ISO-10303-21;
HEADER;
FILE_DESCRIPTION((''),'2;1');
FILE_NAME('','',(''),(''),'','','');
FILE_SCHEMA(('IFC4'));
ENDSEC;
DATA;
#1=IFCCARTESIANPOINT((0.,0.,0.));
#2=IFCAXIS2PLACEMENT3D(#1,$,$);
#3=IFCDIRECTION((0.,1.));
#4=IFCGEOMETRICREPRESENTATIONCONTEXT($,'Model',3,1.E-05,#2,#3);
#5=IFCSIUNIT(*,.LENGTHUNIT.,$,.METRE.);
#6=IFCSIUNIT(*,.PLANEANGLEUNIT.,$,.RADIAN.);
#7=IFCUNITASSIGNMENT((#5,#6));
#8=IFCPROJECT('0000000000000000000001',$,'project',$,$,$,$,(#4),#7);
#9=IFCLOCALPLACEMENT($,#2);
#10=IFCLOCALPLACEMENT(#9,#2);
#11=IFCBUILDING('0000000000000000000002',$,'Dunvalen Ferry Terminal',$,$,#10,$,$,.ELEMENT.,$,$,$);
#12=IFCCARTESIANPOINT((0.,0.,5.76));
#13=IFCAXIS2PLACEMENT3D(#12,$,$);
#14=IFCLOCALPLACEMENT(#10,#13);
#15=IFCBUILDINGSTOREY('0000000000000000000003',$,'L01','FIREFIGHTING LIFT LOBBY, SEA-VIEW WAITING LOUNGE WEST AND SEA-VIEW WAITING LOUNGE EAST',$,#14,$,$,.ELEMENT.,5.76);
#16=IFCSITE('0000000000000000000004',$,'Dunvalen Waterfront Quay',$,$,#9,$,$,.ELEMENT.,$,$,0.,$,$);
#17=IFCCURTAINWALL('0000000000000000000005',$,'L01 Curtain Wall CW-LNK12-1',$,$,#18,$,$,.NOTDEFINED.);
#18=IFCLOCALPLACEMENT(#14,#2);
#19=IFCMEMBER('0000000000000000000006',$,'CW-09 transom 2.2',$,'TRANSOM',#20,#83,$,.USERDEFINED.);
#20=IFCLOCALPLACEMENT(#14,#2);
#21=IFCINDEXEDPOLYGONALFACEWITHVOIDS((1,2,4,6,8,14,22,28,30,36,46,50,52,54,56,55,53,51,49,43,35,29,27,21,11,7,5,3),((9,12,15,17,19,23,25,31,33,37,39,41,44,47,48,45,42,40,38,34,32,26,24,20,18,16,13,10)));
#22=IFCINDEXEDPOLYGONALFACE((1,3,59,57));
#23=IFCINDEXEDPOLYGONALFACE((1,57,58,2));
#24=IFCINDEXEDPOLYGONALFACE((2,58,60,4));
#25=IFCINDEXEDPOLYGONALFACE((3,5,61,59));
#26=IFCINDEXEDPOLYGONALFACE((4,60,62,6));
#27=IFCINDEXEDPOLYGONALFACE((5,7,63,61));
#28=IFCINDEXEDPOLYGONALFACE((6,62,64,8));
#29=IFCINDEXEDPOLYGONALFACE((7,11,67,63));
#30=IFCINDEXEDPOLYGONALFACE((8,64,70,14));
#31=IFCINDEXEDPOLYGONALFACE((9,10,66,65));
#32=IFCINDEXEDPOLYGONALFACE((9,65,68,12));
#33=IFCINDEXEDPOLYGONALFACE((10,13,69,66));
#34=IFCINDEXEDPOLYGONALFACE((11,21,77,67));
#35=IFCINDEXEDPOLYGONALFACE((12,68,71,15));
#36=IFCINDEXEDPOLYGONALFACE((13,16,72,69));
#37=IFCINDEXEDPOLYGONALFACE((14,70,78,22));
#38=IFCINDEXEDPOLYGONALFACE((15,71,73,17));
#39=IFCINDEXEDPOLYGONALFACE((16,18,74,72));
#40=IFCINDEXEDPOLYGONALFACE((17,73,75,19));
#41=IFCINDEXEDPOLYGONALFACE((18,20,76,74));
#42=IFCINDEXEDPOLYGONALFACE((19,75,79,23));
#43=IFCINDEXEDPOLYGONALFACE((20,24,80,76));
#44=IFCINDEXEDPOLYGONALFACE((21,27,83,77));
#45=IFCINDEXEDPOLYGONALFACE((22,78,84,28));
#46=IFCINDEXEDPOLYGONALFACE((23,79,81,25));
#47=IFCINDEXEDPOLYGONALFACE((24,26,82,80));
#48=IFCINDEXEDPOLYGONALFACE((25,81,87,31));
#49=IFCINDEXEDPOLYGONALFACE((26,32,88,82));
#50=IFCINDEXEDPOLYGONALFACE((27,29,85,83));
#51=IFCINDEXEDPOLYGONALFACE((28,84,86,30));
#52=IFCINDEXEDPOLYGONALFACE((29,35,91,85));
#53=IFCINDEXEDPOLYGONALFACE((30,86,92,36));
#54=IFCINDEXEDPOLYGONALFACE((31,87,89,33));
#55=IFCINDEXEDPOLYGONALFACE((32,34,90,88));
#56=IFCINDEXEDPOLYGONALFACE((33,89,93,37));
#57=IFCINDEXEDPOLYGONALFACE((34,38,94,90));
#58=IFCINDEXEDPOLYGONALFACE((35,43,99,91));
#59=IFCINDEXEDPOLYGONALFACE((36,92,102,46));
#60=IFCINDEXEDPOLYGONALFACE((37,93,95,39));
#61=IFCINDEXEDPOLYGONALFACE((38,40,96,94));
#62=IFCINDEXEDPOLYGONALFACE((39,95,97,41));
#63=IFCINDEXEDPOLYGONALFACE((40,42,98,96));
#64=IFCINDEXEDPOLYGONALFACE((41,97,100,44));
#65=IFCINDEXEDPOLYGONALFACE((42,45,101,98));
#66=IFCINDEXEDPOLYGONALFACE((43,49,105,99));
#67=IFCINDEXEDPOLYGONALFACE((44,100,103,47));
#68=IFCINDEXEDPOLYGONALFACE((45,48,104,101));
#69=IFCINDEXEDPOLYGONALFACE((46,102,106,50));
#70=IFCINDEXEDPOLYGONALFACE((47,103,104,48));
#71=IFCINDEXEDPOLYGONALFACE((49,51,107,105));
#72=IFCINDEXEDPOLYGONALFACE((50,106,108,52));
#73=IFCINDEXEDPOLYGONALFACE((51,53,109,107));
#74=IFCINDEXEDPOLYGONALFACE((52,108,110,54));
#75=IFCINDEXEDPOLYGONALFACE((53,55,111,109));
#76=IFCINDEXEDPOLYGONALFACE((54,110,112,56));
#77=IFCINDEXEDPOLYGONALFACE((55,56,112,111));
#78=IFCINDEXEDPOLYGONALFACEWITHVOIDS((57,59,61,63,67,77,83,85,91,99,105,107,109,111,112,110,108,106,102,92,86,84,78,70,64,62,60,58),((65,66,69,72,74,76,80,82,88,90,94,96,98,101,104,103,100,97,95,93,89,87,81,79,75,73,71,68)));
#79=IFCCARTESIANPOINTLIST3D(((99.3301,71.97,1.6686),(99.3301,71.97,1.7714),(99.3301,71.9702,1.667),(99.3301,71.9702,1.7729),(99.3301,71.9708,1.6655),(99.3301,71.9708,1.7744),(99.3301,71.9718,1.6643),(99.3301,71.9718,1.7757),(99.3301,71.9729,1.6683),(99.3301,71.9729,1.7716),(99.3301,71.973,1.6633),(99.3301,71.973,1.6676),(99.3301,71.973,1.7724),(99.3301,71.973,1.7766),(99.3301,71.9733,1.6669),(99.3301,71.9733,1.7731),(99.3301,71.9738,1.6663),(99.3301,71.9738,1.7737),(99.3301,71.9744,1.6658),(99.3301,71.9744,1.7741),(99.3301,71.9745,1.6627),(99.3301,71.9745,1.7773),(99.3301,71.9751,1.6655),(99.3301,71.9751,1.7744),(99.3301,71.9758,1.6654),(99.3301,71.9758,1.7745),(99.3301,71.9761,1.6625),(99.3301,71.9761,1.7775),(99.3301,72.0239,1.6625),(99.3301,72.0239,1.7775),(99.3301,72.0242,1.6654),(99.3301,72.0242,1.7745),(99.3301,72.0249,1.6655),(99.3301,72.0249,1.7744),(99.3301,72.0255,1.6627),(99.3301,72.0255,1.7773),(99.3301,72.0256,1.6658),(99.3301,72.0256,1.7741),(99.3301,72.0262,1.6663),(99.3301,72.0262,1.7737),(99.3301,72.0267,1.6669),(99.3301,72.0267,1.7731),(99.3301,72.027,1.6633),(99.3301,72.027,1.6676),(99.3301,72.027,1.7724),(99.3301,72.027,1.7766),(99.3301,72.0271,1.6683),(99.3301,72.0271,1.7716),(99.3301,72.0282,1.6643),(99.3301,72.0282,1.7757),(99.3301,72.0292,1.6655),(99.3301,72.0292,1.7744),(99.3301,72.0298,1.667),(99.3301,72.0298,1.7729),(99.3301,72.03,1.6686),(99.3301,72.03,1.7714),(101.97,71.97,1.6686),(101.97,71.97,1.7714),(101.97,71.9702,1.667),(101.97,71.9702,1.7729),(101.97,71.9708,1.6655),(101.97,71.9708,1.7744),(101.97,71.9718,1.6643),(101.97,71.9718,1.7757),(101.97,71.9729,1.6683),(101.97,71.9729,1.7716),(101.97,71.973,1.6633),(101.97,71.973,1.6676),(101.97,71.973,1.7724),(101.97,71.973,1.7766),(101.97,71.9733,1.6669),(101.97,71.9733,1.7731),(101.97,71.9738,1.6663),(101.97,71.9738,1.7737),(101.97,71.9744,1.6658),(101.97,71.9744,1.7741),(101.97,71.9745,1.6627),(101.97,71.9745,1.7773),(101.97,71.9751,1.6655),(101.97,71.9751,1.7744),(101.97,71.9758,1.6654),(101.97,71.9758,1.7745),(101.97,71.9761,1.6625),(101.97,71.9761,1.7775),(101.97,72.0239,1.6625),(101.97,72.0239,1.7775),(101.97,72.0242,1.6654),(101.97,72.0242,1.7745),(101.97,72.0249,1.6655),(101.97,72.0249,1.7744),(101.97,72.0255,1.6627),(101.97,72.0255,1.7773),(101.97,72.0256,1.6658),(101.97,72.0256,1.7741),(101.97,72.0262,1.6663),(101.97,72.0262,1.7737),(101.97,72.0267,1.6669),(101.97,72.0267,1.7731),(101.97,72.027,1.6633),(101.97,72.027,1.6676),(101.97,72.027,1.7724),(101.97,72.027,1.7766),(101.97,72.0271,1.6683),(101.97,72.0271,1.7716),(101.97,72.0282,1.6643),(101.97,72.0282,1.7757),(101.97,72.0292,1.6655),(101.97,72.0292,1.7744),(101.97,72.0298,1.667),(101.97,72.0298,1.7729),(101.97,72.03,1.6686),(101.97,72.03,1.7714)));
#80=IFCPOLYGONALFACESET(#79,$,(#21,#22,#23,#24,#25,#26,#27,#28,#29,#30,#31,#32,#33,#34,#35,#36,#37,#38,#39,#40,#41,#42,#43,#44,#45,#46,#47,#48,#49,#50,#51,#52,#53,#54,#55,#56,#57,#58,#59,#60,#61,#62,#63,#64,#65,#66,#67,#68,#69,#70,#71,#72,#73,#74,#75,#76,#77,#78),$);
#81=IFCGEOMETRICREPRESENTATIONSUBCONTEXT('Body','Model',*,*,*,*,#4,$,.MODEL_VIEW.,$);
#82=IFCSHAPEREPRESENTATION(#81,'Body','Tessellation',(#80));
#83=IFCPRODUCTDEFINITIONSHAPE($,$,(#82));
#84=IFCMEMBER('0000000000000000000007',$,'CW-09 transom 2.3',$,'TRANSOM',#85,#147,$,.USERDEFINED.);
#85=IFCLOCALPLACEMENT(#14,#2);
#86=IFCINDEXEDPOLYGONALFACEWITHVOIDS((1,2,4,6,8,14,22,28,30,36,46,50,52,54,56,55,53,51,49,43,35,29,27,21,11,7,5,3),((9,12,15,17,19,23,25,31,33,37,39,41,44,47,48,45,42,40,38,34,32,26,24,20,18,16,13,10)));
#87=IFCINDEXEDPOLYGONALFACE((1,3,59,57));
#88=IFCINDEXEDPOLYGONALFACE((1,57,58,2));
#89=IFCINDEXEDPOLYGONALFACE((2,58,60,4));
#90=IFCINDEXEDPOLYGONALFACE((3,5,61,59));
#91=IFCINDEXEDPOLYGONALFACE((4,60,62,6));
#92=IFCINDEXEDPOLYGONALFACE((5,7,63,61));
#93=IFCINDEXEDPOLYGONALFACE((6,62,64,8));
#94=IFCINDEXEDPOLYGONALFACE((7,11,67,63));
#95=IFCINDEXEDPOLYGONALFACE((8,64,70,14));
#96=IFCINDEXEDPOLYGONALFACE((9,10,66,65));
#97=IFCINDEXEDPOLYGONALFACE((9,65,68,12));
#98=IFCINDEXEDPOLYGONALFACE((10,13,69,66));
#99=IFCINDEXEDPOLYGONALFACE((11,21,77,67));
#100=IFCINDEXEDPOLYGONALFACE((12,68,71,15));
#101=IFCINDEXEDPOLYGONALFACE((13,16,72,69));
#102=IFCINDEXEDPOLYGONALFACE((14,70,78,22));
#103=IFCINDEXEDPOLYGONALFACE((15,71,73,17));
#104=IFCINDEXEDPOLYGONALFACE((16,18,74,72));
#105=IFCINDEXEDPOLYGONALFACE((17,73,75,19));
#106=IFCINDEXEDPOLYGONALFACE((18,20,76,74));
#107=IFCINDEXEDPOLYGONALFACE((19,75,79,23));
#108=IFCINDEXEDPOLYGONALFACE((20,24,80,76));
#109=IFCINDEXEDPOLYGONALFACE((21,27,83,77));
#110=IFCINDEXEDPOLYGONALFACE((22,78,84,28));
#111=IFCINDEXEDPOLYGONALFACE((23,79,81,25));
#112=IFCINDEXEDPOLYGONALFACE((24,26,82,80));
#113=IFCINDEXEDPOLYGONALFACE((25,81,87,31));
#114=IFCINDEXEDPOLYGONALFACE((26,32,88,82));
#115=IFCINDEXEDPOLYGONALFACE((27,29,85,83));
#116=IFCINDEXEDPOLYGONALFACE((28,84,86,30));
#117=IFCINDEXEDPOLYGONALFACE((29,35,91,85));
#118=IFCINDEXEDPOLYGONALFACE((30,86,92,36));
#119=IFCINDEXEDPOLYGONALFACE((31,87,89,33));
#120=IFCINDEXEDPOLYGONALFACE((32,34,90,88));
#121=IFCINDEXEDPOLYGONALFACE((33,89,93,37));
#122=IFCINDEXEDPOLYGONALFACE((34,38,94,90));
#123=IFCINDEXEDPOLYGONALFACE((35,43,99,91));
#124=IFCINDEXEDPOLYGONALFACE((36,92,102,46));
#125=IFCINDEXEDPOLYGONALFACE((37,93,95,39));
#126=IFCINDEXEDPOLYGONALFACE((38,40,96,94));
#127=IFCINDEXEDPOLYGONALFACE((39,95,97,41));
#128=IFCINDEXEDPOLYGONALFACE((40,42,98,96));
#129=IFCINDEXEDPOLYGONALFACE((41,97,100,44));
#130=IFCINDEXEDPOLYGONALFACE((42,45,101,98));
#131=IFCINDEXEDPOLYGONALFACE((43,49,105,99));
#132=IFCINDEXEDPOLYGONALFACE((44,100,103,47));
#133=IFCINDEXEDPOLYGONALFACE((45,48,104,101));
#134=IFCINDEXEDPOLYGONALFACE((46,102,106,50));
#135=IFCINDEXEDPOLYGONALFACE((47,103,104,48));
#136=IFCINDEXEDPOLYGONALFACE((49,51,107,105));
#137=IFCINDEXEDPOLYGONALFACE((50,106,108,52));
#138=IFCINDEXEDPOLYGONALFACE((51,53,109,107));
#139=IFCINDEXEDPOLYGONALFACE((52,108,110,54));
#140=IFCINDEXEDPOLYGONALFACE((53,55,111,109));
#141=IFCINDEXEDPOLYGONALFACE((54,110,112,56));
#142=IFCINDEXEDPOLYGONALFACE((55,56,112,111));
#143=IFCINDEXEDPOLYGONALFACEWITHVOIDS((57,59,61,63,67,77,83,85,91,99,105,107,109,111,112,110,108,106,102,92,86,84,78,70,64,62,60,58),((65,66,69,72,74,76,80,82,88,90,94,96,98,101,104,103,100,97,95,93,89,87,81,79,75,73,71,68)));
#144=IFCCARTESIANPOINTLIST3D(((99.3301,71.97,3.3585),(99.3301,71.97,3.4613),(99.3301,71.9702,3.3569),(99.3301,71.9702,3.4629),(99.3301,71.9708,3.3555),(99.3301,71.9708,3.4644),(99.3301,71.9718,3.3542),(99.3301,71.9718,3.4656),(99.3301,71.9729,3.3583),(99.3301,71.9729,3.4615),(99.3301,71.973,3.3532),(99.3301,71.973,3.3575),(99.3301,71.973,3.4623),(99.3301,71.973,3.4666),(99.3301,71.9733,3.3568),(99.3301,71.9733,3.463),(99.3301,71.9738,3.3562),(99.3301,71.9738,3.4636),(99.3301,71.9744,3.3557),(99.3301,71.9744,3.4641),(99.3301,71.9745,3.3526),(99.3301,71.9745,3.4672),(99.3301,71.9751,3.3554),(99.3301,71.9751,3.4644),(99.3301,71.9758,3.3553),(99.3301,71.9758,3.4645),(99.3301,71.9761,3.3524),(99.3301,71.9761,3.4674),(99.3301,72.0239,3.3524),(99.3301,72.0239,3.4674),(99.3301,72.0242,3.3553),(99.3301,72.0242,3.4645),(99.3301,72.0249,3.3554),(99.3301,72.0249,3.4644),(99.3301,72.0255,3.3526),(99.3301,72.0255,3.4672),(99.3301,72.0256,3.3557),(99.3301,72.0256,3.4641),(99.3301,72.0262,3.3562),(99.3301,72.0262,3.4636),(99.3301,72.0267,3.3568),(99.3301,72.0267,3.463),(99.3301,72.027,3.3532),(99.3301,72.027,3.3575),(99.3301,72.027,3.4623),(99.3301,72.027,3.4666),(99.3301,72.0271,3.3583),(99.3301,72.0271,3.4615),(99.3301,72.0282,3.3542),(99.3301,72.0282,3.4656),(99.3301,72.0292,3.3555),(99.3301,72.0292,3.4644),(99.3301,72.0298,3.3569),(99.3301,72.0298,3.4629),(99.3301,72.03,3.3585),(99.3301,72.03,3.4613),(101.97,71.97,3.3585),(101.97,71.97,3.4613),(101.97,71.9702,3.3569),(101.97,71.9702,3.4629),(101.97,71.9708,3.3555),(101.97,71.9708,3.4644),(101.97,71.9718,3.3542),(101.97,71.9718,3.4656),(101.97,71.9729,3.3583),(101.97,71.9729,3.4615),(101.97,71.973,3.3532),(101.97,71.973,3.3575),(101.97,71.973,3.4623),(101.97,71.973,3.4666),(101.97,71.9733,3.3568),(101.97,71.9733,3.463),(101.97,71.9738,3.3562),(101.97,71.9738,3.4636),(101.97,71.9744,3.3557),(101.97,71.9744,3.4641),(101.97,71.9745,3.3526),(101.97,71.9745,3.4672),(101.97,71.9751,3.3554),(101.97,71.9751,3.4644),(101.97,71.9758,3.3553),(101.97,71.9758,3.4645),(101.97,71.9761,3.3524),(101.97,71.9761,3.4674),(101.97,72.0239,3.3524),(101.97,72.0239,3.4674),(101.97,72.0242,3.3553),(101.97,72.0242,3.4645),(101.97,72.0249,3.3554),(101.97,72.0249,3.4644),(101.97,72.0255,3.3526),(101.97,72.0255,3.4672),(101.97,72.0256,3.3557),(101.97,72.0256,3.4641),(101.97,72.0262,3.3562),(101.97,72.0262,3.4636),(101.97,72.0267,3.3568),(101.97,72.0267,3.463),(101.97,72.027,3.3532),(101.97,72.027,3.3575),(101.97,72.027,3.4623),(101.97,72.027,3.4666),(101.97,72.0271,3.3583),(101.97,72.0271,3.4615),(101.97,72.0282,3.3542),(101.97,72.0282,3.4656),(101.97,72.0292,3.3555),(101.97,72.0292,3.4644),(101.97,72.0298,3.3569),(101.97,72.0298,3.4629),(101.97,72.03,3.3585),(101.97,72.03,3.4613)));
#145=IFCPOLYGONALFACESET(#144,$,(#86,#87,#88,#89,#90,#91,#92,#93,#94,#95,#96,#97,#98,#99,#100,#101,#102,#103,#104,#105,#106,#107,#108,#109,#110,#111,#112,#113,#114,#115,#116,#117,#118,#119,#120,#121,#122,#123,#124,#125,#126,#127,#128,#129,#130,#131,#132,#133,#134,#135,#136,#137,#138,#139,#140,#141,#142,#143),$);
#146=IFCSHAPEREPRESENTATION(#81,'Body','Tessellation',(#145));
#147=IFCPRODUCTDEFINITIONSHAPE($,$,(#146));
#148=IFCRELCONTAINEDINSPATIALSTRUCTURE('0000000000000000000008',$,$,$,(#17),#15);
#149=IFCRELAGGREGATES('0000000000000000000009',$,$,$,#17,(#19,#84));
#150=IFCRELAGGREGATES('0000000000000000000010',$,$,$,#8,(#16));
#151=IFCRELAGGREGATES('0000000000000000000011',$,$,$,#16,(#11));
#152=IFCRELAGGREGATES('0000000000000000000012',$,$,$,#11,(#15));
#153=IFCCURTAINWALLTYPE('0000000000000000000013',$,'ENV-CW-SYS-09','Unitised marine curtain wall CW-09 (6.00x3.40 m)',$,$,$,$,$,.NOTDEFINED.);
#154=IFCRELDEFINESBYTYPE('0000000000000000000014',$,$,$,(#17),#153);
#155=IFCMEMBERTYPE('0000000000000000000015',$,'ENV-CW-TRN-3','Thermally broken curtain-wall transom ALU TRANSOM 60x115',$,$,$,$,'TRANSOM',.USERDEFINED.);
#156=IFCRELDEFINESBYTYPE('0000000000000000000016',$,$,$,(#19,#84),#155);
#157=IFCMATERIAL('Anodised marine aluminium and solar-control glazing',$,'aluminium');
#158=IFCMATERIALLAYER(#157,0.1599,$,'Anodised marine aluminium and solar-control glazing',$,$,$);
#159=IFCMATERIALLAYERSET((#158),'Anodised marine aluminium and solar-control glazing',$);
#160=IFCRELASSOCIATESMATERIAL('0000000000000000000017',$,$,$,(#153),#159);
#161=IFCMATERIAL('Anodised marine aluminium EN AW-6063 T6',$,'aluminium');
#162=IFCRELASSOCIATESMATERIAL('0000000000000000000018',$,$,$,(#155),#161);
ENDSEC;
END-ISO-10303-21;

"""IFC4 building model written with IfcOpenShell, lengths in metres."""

from ifc_helpers import new_model, si_unit, direction, frame, origin, origin_2d, place, context, subcontext, project, spatial, hollow_rectangle, extrude, material, layer, layer_set, material_profile, profile_set, type_object, element, aggregate, save


model = new_model("IFC4")

# Units and contexts
model_context = context("Model", 3, precision=1e-05, world=origin(), true_north=direction((0.0, 1.0)))
body_context = subcontext(model_context, "Body", "Model", "MODEL_VIEW")
ifc_project = project(units=[si_unit("LENGTHUNIT", "METRE"), si_unit("PLANEANGLEUNIT", "RADIAN")], contexts=[model_context])

# Site, building, storey
site_placement = place(None, origin())
site = spatial("IfcSite", under=ifc_project, at=site_placement, Name="Dunvalen Waterfront Quay", CompositionType="ELEMENT", RefElevation=0.0)
building_placement = place(site_placement, origin())
building = spatial("IfcBuilding", under=site, at=building_placement, Name="Dunvalen Ferry Terminal", CompositionType="ELEMENT")
storey_placement = place(building_placement, frame((0.0, 0.0, 5.76)))
storey = spatial("IfcBuildingStorey", under=building, at=storey_placement, Name="L01", Description="FIREFIGHTING LIFT LOBBY, SEA-VIEW WAITING LOUNGE WEST AND SEA-VIEW WAITING LOUNGE EAST", CompositionType="ELEMENT", Elevation=5.76)

# Curtain wall
ifc_material_1 = material(Name="Anodised marine aluminium and solar-control glazing", Category="aluminium")
ifc_material_2 = material(Name="Anodised marine aluminium EN AW-6063 T6", Category="aluminium")
ifc_layer_1 = layer(ifc_material_1, 0.1599, Name="Anodised marine aluminium and solar-control glazing")
ifc_layer_set_1 = layer_set([ifc_layer_1], Name="Anodised marine aluminium and solar-control glazing")
curtain_wall_type_1 = type_object("IfcCurtainWallType", Name="ENV-CW-SYS-09", Description="Unitised marine curtain wall CW-09 (6.00x3.40 m)", PredefinedType="NOTDEFINED", material=ifc_layer_set_1)
curtain_wall_1_placement = place(storey_placement, origin())
curtain_wall_1 = element("IfcCurtainWall", 1, at=curtain_wall_1_placement, inside=storey, type_object=curtain_wall_type_1, Name="L01 Curtain Wall CW-LNK12-1", PredefinedType="NOTDEFINED")

# Members
ifc_material_profile_1 = material_profile(ifc_material_2, hollow_rectangle(XDim=0.0601, YDim=0.115, WallThickness=0.0029, InnerFilletRadius=0.0029, OuterFilletRadius=0.0061, at=origin_2d()), Name="Anodised marine aluminium EN AW-6063 T6")
ifc_profile_set_1 = profile_set([ifc_material_profile_1], Name="Anodised marine aluminium EN AW-6063 T6")
member_type_1 = type_object("IfcMemberType", Name="ENV-CW-TRN-3", Description="Thermally broken curtain-wall transom ALU TRANSOM 60x115", ElementType="TRANSOM", PredefinedType="USERDEFINED", material=ifc_profile_set_1)
member_1_placement = place(storey_placement, frame((99.3301, 72.0, 1.72), z_axis=(1.0, 0.0, 0.0), x_axis=(0.0, 1.0, 0.0)))
member_1 = element("IfcMember", 2, at=member_1_placement, type_object=member_type_1, Name="CW-09 transom 2.2", ObjectType="TRANSOM", PredefinedType="USERDEFINED", context=body_context, shape_type="SweptSolid", body=[
    extrude(hollow_rectangle(XDim=0.0601, YDim=0.115, WallThickness=0.0029, InnerFilletRadius=0.0029, OuterFilletRadius=0.0061, at=origin_2d()), origin(), (0.0, 0.0, 1.0), 2.6399),
])
member_2_placement = place(storey_placement, frame((99.3301, 72.0, 3.4099), z_axis=(1.0, 0.0, 0.0), x_axis=(0.0, 1.0, 0.0)))
member_2 = element("IfcMember", 3, at=member_2_placement, type_object=member_type_1, Name="CW-09 transom 2.3", ObjectType="TRANSOM", PredefinedType="USERDEFINED", context=body_context, shape_type="SweptSolid", body=[
    extrude(hollow_rectangle(XDim=0.0601, YDim=0.115, WallThickness=0.0029, InnerFilletRadius=0.0029, OuterFilletRadius=0.0061, at=origin_2d()), origin(), (0.0, 0.0, 1.0), 2.6399),
])

aggregate(curtain_wall_1, [member_1, member_2])

save(model, "model.ifc")
